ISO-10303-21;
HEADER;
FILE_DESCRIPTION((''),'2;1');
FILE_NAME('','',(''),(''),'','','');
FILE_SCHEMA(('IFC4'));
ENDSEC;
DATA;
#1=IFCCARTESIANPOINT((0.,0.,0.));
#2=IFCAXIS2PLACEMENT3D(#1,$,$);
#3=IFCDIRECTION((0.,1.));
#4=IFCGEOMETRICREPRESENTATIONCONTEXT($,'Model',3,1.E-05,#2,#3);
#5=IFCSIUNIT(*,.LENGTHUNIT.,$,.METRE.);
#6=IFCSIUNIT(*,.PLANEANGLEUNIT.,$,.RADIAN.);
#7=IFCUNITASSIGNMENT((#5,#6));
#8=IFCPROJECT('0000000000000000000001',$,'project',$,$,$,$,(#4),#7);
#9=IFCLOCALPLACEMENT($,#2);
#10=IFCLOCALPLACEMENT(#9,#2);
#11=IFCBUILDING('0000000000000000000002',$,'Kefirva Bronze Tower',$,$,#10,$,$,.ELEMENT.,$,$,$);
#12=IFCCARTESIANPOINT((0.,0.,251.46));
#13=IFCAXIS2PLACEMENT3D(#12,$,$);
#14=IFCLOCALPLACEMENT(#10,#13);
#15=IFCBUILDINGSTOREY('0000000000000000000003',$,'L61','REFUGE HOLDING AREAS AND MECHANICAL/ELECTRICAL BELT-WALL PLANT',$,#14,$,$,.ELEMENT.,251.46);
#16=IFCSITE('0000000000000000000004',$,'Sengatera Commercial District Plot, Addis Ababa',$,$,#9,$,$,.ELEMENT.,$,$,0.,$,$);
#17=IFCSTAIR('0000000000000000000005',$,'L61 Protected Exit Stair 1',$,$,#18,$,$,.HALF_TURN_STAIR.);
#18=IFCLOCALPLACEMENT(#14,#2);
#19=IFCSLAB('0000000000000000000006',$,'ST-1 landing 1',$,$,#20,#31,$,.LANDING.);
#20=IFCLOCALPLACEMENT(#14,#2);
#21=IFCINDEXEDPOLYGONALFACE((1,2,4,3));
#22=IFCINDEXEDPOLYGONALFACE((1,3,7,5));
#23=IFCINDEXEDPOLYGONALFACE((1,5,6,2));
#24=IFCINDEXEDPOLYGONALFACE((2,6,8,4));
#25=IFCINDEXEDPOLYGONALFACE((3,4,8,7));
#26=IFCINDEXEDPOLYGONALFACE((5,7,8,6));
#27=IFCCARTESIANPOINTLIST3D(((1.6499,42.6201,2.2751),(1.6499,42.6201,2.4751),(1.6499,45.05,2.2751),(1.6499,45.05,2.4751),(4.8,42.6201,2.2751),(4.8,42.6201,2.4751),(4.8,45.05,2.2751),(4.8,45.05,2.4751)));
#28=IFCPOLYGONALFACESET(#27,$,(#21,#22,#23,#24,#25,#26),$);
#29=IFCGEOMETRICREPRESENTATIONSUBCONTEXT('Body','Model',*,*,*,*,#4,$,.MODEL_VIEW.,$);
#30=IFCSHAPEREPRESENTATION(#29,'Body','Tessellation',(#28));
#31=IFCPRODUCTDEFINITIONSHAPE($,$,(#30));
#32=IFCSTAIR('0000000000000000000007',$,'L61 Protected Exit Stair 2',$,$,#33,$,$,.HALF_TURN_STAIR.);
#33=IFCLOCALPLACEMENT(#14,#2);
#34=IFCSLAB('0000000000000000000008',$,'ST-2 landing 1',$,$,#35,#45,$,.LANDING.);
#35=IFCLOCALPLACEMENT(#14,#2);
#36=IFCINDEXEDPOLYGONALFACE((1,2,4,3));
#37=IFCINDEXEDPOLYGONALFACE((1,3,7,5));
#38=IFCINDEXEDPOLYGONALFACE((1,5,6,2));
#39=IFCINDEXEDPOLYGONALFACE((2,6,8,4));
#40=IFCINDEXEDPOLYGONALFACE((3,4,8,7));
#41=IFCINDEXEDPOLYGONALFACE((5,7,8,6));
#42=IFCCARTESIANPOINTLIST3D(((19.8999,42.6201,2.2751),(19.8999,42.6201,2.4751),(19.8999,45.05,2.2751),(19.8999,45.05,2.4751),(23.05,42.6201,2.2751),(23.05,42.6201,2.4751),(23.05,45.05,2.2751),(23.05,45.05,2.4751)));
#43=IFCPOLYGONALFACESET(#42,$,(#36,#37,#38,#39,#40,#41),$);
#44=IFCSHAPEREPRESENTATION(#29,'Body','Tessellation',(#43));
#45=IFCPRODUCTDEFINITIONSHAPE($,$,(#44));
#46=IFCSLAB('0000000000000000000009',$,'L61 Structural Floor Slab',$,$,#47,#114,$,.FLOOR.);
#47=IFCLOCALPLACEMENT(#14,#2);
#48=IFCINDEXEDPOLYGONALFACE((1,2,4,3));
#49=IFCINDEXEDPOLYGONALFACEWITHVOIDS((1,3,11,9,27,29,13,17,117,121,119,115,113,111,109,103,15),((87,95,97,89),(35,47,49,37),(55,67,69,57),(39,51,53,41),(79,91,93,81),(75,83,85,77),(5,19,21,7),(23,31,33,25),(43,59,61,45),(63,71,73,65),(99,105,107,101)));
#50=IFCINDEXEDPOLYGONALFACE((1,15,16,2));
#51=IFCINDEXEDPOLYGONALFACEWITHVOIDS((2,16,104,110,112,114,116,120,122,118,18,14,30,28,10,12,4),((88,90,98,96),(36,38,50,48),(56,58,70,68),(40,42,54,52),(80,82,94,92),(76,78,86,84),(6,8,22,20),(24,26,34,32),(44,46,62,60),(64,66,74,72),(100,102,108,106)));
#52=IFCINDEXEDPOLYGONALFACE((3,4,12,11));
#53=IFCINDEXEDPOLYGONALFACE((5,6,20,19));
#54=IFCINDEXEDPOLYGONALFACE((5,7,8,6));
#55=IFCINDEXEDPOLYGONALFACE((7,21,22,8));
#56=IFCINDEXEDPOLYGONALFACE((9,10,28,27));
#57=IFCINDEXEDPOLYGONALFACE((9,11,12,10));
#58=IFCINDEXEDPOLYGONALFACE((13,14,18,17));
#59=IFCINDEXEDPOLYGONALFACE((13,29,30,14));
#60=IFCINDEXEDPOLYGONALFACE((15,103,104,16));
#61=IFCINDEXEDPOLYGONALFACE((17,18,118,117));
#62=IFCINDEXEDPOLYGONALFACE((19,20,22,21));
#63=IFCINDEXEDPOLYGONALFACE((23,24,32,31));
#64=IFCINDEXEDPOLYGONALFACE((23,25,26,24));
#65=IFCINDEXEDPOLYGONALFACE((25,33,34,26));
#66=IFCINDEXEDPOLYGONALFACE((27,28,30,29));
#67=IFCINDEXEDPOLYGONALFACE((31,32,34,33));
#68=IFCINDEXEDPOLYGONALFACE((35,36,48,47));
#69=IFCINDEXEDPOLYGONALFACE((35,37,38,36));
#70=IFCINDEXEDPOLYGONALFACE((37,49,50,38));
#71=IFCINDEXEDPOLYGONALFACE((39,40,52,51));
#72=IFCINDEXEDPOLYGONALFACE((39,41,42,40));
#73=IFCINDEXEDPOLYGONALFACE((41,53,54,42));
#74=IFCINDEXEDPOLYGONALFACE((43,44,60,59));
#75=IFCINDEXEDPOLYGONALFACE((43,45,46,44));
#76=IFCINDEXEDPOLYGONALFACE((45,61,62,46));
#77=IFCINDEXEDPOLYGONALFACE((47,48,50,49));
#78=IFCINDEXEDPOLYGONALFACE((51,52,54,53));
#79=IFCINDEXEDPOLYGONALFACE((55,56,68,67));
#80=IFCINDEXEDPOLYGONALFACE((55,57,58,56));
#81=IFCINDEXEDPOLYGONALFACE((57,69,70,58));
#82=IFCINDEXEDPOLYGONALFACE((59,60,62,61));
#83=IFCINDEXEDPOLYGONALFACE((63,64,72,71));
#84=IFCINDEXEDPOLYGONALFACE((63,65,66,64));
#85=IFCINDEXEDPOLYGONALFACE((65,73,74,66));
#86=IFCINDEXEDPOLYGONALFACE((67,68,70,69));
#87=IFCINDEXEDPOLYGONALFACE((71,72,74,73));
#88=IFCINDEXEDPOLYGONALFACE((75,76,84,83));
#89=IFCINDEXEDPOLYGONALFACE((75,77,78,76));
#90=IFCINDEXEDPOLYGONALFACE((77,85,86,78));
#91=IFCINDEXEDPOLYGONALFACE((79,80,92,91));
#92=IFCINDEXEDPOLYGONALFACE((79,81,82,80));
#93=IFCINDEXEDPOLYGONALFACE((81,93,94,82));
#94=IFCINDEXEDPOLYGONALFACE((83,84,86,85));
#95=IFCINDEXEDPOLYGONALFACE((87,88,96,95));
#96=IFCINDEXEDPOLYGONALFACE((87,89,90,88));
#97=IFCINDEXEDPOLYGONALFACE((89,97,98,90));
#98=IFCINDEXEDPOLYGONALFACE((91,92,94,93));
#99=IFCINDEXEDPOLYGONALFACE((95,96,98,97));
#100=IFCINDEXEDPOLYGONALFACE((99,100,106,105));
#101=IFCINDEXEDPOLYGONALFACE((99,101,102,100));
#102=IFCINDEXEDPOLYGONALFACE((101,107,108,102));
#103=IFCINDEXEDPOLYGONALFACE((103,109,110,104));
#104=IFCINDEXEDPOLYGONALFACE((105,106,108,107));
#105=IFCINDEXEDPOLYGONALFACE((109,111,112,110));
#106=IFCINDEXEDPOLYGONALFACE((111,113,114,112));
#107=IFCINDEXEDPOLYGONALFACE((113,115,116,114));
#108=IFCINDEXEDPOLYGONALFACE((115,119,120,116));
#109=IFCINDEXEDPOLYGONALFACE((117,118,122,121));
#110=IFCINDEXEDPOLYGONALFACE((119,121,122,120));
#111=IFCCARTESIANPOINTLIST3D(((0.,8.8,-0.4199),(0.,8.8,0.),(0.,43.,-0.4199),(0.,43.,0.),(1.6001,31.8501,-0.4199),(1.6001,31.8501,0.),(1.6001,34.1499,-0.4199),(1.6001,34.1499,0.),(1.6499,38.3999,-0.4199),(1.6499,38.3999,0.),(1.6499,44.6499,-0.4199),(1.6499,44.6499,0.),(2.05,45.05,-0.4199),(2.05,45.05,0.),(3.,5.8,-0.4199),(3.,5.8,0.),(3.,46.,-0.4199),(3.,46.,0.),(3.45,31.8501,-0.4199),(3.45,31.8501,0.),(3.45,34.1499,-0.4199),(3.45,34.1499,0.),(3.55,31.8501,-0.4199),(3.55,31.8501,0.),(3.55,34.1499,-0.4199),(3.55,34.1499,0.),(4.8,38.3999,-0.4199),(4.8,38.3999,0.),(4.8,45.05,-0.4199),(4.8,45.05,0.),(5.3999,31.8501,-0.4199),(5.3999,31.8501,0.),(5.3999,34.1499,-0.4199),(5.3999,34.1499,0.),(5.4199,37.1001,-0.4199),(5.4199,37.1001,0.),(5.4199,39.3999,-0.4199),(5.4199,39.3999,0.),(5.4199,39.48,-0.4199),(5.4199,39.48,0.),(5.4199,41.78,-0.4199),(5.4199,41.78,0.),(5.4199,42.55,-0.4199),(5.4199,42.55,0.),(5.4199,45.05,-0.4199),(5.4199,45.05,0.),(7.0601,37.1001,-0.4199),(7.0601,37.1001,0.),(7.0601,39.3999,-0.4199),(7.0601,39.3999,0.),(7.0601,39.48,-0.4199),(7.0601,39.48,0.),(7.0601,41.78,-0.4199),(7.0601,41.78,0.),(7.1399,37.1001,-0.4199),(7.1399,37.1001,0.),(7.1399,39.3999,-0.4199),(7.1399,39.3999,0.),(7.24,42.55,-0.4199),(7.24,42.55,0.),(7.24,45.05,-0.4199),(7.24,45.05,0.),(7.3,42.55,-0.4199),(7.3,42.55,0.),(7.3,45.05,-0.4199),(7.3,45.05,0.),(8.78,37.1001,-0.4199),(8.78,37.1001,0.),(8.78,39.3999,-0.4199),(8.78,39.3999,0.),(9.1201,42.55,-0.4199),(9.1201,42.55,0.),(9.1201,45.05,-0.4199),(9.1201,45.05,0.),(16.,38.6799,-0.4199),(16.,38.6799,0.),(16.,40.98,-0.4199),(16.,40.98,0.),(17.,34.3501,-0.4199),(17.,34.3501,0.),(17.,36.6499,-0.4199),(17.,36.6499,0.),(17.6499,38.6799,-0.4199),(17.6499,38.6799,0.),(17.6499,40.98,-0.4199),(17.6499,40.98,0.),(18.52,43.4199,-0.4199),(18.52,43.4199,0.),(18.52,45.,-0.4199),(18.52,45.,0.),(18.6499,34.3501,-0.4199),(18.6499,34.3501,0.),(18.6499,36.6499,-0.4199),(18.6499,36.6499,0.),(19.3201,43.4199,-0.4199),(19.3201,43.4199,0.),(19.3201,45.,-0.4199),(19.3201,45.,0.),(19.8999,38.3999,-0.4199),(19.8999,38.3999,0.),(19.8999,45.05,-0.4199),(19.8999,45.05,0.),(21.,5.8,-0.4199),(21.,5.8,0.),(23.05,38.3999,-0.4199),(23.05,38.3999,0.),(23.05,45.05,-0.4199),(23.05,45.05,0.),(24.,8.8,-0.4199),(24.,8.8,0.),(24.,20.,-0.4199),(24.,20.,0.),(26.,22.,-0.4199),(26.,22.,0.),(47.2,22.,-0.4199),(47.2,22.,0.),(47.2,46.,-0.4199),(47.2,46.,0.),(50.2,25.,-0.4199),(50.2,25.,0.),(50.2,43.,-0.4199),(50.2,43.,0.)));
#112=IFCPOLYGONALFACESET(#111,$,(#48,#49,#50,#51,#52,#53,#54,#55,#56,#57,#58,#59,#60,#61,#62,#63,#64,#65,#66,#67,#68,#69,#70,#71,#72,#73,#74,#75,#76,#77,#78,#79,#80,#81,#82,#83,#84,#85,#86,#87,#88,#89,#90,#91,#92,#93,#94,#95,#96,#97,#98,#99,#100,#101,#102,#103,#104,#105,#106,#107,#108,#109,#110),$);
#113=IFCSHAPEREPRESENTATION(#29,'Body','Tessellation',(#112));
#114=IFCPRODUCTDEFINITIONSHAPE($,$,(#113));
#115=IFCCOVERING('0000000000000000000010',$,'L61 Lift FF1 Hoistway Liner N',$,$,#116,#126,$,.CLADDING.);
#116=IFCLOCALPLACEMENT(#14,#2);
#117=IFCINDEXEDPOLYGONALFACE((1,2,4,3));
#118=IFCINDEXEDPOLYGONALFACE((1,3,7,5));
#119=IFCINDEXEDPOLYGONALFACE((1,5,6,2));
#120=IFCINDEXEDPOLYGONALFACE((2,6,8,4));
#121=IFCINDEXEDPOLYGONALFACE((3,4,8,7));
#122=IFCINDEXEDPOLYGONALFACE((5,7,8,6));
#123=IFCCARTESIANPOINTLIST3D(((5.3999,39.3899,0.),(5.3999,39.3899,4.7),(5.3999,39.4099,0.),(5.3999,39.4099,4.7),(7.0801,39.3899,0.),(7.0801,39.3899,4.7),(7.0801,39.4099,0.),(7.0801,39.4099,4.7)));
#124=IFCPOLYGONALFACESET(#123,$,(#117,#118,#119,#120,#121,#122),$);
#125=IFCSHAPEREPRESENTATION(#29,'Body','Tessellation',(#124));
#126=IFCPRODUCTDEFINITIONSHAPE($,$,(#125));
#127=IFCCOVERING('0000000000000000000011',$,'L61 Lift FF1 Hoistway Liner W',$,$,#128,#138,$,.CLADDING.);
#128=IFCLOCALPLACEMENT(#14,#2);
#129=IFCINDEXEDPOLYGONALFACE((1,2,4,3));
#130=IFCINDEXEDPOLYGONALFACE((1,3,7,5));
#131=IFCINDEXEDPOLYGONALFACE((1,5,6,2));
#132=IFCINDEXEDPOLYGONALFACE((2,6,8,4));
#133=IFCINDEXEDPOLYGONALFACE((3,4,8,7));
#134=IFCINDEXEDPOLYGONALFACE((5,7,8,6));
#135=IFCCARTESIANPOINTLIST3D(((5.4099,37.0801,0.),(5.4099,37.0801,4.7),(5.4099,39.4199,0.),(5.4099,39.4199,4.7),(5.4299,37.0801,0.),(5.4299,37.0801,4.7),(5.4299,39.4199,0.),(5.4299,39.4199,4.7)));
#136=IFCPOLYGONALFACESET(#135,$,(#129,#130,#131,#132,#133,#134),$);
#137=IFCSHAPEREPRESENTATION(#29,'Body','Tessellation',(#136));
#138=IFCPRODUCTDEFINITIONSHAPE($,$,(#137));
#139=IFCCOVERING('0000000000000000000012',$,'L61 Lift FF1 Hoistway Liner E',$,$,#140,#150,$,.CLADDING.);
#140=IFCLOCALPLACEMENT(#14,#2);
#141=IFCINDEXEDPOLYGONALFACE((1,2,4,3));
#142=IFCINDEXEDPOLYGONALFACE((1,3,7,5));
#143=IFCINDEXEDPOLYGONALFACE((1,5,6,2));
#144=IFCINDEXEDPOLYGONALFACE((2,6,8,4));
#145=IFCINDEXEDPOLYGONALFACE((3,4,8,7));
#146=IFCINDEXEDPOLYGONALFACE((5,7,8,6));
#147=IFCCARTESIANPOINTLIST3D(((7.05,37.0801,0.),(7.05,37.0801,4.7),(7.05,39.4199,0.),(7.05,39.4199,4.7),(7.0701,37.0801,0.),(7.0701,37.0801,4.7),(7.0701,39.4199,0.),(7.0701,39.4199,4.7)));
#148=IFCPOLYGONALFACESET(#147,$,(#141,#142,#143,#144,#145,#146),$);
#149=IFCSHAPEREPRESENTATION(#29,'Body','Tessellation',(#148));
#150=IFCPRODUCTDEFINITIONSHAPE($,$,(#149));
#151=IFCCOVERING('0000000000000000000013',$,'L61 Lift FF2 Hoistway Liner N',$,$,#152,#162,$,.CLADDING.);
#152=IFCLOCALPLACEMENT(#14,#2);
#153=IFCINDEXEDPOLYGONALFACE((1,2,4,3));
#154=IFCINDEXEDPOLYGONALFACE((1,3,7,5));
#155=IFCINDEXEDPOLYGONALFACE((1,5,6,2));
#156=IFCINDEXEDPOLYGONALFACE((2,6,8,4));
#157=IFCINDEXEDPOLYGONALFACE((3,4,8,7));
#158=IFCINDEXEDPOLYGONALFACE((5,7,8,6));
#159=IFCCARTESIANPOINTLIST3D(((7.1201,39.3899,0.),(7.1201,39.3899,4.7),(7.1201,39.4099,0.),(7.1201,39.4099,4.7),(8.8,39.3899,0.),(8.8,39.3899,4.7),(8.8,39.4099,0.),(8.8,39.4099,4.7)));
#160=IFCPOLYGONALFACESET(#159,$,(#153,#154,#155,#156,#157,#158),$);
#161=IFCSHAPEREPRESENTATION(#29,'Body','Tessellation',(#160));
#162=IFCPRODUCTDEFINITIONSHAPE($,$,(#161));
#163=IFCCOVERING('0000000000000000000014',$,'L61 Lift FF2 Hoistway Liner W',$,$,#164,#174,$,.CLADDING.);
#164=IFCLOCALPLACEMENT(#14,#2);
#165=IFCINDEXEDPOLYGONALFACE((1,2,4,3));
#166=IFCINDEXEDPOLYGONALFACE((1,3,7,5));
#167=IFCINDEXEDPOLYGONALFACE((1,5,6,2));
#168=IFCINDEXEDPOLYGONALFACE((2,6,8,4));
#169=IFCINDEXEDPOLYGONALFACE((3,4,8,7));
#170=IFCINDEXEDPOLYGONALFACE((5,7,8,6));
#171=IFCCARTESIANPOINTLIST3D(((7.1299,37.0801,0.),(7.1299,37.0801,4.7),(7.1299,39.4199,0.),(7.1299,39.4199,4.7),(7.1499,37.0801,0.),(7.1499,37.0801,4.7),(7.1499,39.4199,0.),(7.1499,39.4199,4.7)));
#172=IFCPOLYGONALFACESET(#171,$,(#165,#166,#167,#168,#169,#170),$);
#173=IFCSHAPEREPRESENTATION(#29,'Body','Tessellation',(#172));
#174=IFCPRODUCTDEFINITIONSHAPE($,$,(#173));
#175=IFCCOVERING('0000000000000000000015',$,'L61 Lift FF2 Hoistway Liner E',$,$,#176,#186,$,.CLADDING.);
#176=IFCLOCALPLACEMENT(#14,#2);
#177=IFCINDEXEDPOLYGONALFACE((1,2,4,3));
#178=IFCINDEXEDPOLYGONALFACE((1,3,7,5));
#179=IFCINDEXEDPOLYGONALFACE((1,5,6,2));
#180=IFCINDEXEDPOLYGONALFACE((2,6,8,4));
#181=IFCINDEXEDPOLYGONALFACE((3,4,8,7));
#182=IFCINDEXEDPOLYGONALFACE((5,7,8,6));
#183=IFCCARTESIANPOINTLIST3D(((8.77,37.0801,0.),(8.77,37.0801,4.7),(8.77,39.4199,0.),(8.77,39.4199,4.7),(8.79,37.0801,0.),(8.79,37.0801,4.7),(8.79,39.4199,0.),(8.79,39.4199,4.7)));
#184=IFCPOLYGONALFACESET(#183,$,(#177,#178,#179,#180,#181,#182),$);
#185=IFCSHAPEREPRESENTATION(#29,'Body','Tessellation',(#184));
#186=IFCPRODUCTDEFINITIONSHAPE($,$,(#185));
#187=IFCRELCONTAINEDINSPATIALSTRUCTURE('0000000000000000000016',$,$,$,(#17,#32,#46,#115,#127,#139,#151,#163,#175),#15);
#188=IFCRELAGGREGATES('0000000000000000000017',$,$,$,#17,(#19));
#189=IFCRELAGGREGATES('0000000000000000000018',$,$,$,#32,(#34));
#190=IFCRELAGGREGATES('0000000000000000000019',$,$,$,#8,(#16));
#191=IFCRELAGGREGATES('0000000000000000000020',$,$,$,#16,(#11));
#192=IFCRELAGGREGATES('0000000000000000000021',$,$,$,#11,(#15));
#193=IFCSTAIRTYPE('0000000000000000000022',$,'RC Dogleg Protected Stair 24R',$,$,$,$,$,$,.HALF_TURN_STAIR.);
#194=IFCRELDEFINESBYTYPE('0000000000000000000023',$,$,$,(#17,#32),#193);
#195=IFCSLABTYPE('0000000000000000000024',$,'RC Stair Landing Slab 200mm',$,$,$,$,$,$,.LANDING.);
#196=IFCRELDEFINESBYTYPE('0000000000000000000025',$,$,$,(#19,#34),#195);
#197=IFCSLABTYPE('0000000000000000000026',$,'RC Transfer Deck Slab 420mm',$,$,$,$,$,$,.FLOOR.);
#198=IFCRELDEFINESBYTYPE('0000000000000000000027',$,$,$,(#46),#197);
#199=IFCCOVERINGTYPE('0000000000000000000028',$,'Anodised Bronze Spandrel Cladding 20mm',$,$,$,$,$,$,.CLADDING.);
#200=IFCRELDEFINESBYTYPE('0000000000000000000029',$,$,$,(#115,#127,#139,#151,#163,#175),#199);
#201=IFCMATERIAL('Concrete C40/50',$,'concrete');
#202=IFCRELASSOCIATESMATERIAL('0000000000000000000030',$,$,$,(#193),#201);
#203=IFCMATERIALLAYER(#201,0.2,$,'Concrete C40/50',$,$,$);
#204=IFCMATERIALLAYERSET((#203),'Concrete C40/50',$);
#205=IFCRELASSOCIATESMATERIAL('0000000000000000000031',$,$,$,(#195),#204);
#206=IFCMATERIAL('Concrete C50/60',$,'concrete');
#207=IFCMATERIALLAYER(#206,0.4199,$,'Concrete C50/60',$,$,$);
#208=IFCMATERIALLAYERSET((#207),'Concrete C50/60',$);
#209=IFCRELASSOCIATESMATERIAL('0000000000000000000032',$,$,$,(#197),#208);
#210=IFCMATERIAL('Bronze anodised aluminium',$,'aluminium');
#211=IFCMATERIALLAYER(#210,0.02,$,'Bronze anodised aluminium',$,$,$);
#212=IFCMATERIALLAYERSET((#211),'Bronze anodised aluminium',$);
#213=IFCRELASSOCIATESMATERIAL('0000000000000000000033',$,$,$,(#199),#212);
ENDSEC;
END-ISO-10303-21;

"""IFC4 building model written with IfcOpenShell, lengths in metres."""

from ifc_helpers import new_model, si_unit, direction, frame, origin, place, context, subcontext, project, spatial, polyline, outline, extrude, material, layer, layer_set, type_object, element, aggregate, save


model = new_model("IFC4")

# Units and contexts
model_context = context("Model", 3, precision=1e-05, world=origin(), true_north=direction((0.0, 1.0)))
body_context = subcontext(model_context, "Body", "Model", "MODEL_VIEW")
ifc_project = project(units=[si_unit("LENGTHUNIT", "METRE"), si_unit("PLANEANGLEUNIT", "RADIAN")], contexts=[model_context])

# Site, building, storey
site_placement = place(None, origin())
site = spatial("IfcSite", under=ifc_project, at=site_placement, Name="Sengatera Commercial District Plot, Addis Ababa", CompositionType="ELEMENT", RefElevation=0.0)
building_placement = place(site_placement, origin())
building = spatial("IfcBuilding", under=site, at=building_placement, Name="Kefirva Bronze Tower", CompositionType="ELEMENT")
storey_placement = place(building_placement, frame((0.0, 0.0, 251.46)))
storey = spatial("IfcBuildingStorey", under=building, at=storey_placement, Name="L61", Description="REFUGE HOLDING AREAS AND MECHANICAL/ELECTRICAL BELT-WALL PLANT", CompositionType="ELEMENT", Elevation=251.46)

# Stairs, slabs
ifc_material_1 = material(Name="Concrete C40/50", Category="concrete")
stair_type = type_object("IfcStairType", Name="RC Dogleg Protected Stair 24R", PredefinedType="HALF_TURN_STAIR", material=ifc_material_1)
stair_1_placement = place(storey_placement, origin())
stair_1 = element("IfcStair", 1, at=stair_1_placement, inside=storey, type_object=stair_type, Name="L61 Protected Exit Stair 1", PredefinedType="HALF_TURN_STAIR")
ifc_layer_1 = layer(ifc_material_1, 0.2, Name="Concrete C40/50")
ifc_layer_set_1 = layer_set([ifc_layer_1], Name="Concrete C40/50")
slab_type_1 = type_object("IfcSlabType", Name="RC Stair Landing Slab 200mm", PredefinedType="LANDING", material=ifc_layer_set_1)
slab_1_placement = place(storey_placement, frame((0.0, 0.0, 2.2751)))
slab_1 = element("IfcSlab", 2, at=slab_1_placement, type_object=slab_type_1, Name="ST-1 landing 1", PredefinedType="LANDING", context=body_context, shape_type="SweptSolid", body=[
    extrude(outline(polyline([(4.8, 42.6201), (4.8, 45.05), (1.6499, 45.05), (1.6499, 42.6201), (4.8, 42.6201)])), origin(), (0.0, 0.0, 1.0), 0.2),
])
aggregate(stair_1, [slab_1])
stair_2_placement = place(storey_placement, origin())
stair_2 = element("IfcStair", 3, at=stair_2_placement, inside=storey, type_object=stair_type, Name="L61 Protected Exit Stair 2", PredefinedType="HALF_TURN_STAIR")
slab_2_placement = place(storey_placement, frame((0.0, 0.0, 2.2751)))
slab_2 = element("IfcSlab", 4, at=slab_2_placement, type_object=slab_type_1, Name="ST-2 landing 1", PredefinedType="LANDING", context=body_context, shape_type="SweptSolid", body=[
    extrude(outline(polyline([(23.05, 42.6201), (23.05, 45.05), (19.8999, 45.05), (19.8999, 42.6201), (23.05, 42.6201)])), origin(), (0.0, 0.0, 1.0), 0.2),
])
aggregate(stair_2, [slab_2])

# Slab
ifc_material_2 = material(Name="Concrete C50/60", Category="concrete")
ifc_layer_2 = layer(ifc_material_2, 0.4199, Name="Concrete C50/60")
ifc_layer_set_2 = layer_set([ifc_layer_2], Name="Concrete C50/60")
slab_type_2 = type_object("IfcSlabType", Name="RC Transfer Deck Slab 420mm", PredefinedType="FLOOR", material=ifc_layer_set_2)
slab_3_placement = place(storey_placement, frame((0.0, 0.0, -0.4199)))
element("IfcSlab", 5, at=slab_3_placement, inside=storey, type_object=slab_type_2, Name="L61 Structural Floor Slab", PredefinedType="FLOOR", context=body_context, shape_type="SweptSolid", body=[
    extrude(outline(polyline([(0.0, 8.8), (0.0, 43.0), (1.6499, 44.6499), (1.6499, 38.3999), (4.8, 38.3999), (4.8, 45.05), (2.05, 45.05), (3.0, 46.0), (47.2, 46.0), (50.2, 43.0), (50.2, 25.0), (47.2, 22.0), (26.0, 22.0), (24.0, 20.0), (24.0, 8.8), (21.0, 5.8), (3.0, 5.8), (0.0, 8.8)]), holes=[polyline([(23.05, 45.05), (19.8999, 45.05), (19.8999, 38.3999), (23.05, 38.3999), (23.05, 45.05)]), polyline([(19.3201, 43.4199), (19.3201, 45.0), (18.52, 45.0), (18.52, 43.4199), (19.3201, 43.4199)]), polyline([(18.6499, 36.6499), (17.0, 36.6499), (17.0, 34.3501), (18.6499, 34.3501), (18.6499, 36.6499)]), polyline([(17.6499, 38.6799), (17.6499, 40.98), (16.0, 40.98), (16.0, 38.6799), (17.6499, 38.6799)]), polyline([(9.1201, 42.55), (9.1201, 45.05), (7.3, 45.05), (7.3, 42.55), (9.1201, 42.55)]), polyline([(8.78, 37.1001), (8.78, 39.3999), (7.1399, 39.3999), (7.1399, 37.1001), (8.78, 37.1001)]), polyline([(7.24, 42.55), (7.24, 45.05), (5.4199, 45.05), (5.4199, 42.55), (7.24, 42.55)]), polyline([(7.0601, 37.1001), (7.0601, 39.3999), (5.4199, 39.3999), (5.4199, 37.1001), (7.0601, 37.1001)]), polyline([(7.0601, 41.78), (5.4199, 41.78), (5.4199, 39.48), (7.0601, 39.48), (7.0601, 41.78)]), polyline([(5.3999, 31.8501), (5.3999, 34.1499), (3.55, 34.1499), (3.55, 31.8501), (5.3999, 31.8501)]), polyline([(3.45, 34.1499), (1.6001, 34.1499), (1.6001, 31.8501), (3.45, 31.8501), (3.45, 34.1499)])]), origin(), (0.0, 0.0, 1.0), 0.4199),
])

# Coverings
ifc_material_3 = material(Name="Bronze anodised aluminium", Category="aluminium")
ifc_layer_3 = layer(ifc_material_3, 0.02, Name="Bronze anodised aluminium")
ifc_layer_set_3 = layer_set([ifc_layer_3], Name="Bronze anodised aluminium")
covering_type = type_object("IfcCoveringType", Name="Anodised Bronze Spandrel Cladding 20mm", PredefinedType="CLADDING", material=ifc_layer_set_3)
covering_1_placement = place(storey_placement, origin())
element("IfcCovering", 6, at=covering_1_placement, inside=storey, type_object=covering_type, Name="L61 Lift FF1 Hoistway Liner N", PredefinedType="CLADDING", context=body_context, shape_type="SweptSolid", body=[
    extrude(outline(polyline([(5.3999, 39.3899), (7.0801, 39.3899), (7.0801, 39.4099), (5.3999, 39.4099), (5.3999, 39.3899)])), origin(), (0.0, 0.0, 1.0), 4.7),
])
covering_2_placement = place(storey_placement, origin())
element("IfcCovering", 7, at=covering_2_placement, inside=storey, type_object=covering_type, Name="L61 Lift FF1 Hoistway Liner W", PredefinedType="CLADDING", context=body_context, shape_type="SweptSolid", body=[
    extrude(outline(polyline([(5.4099, 37.0801), (5.4299, 37.0801), (5.4299, 39.4199), (5.4099, 39.4199), (5.4099, 37.0801)])), origin(), (0.0, 0.0, 1.0), 4.7),
])
covering_3_placement = place(storey_placement, origin())
element("IfcCovering", 8, at=covering_3_placement, inside=storey, type_object=covering_type, Name="L61 Lift FF1 Hoistway Liner E", PredefinedType="CLADDING", context=body_context, shape_type="SweptSolid", body=[
    extrude(outline(polyline([(7.05, 37.0801), (7.0701, 37.0801), (7.0701, 39.4199), (7.05, 39.4199), (7.05, 37.0801)])), origin(), (0.0, 0.0, 1.0), 4.7),
])
covering_4_placement = place(storey_placement, origin())
element("IfcCovering", 9, at=covering_4_placement, inside=storey, type_object=covering_type, Name="L61 Lift FF2 Hoistway Liner N", PredefinedType="CLADDING", context=body_context, shape_type="SweptSolid", body=[
    extrude(outline(polyline([(7.1201, 39.3899), (8.8, 39.3899), (8.8, 39.4099), (7.1201, 39.4099), (7.1201, 39.3899)])), origin(), (0.0, 0.0, 1.0), 4.7),
])
covering_5_placement = place(storey_placement, origin())
element("IfcCovering", 10, at=covering_5_placement, inside=storey, type_object=covering_type, Name="L61 Lift FF2 Hoistway Liner W", PredefinedType="CLADDING", context=body_context, shape_type="SweptSolid", body=[
    extrude(outline(polyline([(7.1299, 37.0801), (7.1499, 37.0801), (7.1499, 39.4199), (7.1299, 39.4199), (7.1299, 37.0801)])), origin(), (0.0, 0.0, 1.0), 4.7),
])
covering_6_placement = place(storey_placement, origin())
element("IfcCovering", 11, at=covering_6_placement, inside=storey, type_object=covering_type, Name="L61 Lift FF2 Hoistway Liner E", PredefinedType="CLADDING", context=body_context, shape_type="SweptSolid", body=[
    extrude(outline(polyline([(8.77, 37.0801), (8.79, 37.0801), (8.79, 39.4199), (8.77, 39.4199), (8.77, 37.0801)])), origin(), (0.0, 0.0, 1.0), 4.7),
])

save(model, "model.ifc")
